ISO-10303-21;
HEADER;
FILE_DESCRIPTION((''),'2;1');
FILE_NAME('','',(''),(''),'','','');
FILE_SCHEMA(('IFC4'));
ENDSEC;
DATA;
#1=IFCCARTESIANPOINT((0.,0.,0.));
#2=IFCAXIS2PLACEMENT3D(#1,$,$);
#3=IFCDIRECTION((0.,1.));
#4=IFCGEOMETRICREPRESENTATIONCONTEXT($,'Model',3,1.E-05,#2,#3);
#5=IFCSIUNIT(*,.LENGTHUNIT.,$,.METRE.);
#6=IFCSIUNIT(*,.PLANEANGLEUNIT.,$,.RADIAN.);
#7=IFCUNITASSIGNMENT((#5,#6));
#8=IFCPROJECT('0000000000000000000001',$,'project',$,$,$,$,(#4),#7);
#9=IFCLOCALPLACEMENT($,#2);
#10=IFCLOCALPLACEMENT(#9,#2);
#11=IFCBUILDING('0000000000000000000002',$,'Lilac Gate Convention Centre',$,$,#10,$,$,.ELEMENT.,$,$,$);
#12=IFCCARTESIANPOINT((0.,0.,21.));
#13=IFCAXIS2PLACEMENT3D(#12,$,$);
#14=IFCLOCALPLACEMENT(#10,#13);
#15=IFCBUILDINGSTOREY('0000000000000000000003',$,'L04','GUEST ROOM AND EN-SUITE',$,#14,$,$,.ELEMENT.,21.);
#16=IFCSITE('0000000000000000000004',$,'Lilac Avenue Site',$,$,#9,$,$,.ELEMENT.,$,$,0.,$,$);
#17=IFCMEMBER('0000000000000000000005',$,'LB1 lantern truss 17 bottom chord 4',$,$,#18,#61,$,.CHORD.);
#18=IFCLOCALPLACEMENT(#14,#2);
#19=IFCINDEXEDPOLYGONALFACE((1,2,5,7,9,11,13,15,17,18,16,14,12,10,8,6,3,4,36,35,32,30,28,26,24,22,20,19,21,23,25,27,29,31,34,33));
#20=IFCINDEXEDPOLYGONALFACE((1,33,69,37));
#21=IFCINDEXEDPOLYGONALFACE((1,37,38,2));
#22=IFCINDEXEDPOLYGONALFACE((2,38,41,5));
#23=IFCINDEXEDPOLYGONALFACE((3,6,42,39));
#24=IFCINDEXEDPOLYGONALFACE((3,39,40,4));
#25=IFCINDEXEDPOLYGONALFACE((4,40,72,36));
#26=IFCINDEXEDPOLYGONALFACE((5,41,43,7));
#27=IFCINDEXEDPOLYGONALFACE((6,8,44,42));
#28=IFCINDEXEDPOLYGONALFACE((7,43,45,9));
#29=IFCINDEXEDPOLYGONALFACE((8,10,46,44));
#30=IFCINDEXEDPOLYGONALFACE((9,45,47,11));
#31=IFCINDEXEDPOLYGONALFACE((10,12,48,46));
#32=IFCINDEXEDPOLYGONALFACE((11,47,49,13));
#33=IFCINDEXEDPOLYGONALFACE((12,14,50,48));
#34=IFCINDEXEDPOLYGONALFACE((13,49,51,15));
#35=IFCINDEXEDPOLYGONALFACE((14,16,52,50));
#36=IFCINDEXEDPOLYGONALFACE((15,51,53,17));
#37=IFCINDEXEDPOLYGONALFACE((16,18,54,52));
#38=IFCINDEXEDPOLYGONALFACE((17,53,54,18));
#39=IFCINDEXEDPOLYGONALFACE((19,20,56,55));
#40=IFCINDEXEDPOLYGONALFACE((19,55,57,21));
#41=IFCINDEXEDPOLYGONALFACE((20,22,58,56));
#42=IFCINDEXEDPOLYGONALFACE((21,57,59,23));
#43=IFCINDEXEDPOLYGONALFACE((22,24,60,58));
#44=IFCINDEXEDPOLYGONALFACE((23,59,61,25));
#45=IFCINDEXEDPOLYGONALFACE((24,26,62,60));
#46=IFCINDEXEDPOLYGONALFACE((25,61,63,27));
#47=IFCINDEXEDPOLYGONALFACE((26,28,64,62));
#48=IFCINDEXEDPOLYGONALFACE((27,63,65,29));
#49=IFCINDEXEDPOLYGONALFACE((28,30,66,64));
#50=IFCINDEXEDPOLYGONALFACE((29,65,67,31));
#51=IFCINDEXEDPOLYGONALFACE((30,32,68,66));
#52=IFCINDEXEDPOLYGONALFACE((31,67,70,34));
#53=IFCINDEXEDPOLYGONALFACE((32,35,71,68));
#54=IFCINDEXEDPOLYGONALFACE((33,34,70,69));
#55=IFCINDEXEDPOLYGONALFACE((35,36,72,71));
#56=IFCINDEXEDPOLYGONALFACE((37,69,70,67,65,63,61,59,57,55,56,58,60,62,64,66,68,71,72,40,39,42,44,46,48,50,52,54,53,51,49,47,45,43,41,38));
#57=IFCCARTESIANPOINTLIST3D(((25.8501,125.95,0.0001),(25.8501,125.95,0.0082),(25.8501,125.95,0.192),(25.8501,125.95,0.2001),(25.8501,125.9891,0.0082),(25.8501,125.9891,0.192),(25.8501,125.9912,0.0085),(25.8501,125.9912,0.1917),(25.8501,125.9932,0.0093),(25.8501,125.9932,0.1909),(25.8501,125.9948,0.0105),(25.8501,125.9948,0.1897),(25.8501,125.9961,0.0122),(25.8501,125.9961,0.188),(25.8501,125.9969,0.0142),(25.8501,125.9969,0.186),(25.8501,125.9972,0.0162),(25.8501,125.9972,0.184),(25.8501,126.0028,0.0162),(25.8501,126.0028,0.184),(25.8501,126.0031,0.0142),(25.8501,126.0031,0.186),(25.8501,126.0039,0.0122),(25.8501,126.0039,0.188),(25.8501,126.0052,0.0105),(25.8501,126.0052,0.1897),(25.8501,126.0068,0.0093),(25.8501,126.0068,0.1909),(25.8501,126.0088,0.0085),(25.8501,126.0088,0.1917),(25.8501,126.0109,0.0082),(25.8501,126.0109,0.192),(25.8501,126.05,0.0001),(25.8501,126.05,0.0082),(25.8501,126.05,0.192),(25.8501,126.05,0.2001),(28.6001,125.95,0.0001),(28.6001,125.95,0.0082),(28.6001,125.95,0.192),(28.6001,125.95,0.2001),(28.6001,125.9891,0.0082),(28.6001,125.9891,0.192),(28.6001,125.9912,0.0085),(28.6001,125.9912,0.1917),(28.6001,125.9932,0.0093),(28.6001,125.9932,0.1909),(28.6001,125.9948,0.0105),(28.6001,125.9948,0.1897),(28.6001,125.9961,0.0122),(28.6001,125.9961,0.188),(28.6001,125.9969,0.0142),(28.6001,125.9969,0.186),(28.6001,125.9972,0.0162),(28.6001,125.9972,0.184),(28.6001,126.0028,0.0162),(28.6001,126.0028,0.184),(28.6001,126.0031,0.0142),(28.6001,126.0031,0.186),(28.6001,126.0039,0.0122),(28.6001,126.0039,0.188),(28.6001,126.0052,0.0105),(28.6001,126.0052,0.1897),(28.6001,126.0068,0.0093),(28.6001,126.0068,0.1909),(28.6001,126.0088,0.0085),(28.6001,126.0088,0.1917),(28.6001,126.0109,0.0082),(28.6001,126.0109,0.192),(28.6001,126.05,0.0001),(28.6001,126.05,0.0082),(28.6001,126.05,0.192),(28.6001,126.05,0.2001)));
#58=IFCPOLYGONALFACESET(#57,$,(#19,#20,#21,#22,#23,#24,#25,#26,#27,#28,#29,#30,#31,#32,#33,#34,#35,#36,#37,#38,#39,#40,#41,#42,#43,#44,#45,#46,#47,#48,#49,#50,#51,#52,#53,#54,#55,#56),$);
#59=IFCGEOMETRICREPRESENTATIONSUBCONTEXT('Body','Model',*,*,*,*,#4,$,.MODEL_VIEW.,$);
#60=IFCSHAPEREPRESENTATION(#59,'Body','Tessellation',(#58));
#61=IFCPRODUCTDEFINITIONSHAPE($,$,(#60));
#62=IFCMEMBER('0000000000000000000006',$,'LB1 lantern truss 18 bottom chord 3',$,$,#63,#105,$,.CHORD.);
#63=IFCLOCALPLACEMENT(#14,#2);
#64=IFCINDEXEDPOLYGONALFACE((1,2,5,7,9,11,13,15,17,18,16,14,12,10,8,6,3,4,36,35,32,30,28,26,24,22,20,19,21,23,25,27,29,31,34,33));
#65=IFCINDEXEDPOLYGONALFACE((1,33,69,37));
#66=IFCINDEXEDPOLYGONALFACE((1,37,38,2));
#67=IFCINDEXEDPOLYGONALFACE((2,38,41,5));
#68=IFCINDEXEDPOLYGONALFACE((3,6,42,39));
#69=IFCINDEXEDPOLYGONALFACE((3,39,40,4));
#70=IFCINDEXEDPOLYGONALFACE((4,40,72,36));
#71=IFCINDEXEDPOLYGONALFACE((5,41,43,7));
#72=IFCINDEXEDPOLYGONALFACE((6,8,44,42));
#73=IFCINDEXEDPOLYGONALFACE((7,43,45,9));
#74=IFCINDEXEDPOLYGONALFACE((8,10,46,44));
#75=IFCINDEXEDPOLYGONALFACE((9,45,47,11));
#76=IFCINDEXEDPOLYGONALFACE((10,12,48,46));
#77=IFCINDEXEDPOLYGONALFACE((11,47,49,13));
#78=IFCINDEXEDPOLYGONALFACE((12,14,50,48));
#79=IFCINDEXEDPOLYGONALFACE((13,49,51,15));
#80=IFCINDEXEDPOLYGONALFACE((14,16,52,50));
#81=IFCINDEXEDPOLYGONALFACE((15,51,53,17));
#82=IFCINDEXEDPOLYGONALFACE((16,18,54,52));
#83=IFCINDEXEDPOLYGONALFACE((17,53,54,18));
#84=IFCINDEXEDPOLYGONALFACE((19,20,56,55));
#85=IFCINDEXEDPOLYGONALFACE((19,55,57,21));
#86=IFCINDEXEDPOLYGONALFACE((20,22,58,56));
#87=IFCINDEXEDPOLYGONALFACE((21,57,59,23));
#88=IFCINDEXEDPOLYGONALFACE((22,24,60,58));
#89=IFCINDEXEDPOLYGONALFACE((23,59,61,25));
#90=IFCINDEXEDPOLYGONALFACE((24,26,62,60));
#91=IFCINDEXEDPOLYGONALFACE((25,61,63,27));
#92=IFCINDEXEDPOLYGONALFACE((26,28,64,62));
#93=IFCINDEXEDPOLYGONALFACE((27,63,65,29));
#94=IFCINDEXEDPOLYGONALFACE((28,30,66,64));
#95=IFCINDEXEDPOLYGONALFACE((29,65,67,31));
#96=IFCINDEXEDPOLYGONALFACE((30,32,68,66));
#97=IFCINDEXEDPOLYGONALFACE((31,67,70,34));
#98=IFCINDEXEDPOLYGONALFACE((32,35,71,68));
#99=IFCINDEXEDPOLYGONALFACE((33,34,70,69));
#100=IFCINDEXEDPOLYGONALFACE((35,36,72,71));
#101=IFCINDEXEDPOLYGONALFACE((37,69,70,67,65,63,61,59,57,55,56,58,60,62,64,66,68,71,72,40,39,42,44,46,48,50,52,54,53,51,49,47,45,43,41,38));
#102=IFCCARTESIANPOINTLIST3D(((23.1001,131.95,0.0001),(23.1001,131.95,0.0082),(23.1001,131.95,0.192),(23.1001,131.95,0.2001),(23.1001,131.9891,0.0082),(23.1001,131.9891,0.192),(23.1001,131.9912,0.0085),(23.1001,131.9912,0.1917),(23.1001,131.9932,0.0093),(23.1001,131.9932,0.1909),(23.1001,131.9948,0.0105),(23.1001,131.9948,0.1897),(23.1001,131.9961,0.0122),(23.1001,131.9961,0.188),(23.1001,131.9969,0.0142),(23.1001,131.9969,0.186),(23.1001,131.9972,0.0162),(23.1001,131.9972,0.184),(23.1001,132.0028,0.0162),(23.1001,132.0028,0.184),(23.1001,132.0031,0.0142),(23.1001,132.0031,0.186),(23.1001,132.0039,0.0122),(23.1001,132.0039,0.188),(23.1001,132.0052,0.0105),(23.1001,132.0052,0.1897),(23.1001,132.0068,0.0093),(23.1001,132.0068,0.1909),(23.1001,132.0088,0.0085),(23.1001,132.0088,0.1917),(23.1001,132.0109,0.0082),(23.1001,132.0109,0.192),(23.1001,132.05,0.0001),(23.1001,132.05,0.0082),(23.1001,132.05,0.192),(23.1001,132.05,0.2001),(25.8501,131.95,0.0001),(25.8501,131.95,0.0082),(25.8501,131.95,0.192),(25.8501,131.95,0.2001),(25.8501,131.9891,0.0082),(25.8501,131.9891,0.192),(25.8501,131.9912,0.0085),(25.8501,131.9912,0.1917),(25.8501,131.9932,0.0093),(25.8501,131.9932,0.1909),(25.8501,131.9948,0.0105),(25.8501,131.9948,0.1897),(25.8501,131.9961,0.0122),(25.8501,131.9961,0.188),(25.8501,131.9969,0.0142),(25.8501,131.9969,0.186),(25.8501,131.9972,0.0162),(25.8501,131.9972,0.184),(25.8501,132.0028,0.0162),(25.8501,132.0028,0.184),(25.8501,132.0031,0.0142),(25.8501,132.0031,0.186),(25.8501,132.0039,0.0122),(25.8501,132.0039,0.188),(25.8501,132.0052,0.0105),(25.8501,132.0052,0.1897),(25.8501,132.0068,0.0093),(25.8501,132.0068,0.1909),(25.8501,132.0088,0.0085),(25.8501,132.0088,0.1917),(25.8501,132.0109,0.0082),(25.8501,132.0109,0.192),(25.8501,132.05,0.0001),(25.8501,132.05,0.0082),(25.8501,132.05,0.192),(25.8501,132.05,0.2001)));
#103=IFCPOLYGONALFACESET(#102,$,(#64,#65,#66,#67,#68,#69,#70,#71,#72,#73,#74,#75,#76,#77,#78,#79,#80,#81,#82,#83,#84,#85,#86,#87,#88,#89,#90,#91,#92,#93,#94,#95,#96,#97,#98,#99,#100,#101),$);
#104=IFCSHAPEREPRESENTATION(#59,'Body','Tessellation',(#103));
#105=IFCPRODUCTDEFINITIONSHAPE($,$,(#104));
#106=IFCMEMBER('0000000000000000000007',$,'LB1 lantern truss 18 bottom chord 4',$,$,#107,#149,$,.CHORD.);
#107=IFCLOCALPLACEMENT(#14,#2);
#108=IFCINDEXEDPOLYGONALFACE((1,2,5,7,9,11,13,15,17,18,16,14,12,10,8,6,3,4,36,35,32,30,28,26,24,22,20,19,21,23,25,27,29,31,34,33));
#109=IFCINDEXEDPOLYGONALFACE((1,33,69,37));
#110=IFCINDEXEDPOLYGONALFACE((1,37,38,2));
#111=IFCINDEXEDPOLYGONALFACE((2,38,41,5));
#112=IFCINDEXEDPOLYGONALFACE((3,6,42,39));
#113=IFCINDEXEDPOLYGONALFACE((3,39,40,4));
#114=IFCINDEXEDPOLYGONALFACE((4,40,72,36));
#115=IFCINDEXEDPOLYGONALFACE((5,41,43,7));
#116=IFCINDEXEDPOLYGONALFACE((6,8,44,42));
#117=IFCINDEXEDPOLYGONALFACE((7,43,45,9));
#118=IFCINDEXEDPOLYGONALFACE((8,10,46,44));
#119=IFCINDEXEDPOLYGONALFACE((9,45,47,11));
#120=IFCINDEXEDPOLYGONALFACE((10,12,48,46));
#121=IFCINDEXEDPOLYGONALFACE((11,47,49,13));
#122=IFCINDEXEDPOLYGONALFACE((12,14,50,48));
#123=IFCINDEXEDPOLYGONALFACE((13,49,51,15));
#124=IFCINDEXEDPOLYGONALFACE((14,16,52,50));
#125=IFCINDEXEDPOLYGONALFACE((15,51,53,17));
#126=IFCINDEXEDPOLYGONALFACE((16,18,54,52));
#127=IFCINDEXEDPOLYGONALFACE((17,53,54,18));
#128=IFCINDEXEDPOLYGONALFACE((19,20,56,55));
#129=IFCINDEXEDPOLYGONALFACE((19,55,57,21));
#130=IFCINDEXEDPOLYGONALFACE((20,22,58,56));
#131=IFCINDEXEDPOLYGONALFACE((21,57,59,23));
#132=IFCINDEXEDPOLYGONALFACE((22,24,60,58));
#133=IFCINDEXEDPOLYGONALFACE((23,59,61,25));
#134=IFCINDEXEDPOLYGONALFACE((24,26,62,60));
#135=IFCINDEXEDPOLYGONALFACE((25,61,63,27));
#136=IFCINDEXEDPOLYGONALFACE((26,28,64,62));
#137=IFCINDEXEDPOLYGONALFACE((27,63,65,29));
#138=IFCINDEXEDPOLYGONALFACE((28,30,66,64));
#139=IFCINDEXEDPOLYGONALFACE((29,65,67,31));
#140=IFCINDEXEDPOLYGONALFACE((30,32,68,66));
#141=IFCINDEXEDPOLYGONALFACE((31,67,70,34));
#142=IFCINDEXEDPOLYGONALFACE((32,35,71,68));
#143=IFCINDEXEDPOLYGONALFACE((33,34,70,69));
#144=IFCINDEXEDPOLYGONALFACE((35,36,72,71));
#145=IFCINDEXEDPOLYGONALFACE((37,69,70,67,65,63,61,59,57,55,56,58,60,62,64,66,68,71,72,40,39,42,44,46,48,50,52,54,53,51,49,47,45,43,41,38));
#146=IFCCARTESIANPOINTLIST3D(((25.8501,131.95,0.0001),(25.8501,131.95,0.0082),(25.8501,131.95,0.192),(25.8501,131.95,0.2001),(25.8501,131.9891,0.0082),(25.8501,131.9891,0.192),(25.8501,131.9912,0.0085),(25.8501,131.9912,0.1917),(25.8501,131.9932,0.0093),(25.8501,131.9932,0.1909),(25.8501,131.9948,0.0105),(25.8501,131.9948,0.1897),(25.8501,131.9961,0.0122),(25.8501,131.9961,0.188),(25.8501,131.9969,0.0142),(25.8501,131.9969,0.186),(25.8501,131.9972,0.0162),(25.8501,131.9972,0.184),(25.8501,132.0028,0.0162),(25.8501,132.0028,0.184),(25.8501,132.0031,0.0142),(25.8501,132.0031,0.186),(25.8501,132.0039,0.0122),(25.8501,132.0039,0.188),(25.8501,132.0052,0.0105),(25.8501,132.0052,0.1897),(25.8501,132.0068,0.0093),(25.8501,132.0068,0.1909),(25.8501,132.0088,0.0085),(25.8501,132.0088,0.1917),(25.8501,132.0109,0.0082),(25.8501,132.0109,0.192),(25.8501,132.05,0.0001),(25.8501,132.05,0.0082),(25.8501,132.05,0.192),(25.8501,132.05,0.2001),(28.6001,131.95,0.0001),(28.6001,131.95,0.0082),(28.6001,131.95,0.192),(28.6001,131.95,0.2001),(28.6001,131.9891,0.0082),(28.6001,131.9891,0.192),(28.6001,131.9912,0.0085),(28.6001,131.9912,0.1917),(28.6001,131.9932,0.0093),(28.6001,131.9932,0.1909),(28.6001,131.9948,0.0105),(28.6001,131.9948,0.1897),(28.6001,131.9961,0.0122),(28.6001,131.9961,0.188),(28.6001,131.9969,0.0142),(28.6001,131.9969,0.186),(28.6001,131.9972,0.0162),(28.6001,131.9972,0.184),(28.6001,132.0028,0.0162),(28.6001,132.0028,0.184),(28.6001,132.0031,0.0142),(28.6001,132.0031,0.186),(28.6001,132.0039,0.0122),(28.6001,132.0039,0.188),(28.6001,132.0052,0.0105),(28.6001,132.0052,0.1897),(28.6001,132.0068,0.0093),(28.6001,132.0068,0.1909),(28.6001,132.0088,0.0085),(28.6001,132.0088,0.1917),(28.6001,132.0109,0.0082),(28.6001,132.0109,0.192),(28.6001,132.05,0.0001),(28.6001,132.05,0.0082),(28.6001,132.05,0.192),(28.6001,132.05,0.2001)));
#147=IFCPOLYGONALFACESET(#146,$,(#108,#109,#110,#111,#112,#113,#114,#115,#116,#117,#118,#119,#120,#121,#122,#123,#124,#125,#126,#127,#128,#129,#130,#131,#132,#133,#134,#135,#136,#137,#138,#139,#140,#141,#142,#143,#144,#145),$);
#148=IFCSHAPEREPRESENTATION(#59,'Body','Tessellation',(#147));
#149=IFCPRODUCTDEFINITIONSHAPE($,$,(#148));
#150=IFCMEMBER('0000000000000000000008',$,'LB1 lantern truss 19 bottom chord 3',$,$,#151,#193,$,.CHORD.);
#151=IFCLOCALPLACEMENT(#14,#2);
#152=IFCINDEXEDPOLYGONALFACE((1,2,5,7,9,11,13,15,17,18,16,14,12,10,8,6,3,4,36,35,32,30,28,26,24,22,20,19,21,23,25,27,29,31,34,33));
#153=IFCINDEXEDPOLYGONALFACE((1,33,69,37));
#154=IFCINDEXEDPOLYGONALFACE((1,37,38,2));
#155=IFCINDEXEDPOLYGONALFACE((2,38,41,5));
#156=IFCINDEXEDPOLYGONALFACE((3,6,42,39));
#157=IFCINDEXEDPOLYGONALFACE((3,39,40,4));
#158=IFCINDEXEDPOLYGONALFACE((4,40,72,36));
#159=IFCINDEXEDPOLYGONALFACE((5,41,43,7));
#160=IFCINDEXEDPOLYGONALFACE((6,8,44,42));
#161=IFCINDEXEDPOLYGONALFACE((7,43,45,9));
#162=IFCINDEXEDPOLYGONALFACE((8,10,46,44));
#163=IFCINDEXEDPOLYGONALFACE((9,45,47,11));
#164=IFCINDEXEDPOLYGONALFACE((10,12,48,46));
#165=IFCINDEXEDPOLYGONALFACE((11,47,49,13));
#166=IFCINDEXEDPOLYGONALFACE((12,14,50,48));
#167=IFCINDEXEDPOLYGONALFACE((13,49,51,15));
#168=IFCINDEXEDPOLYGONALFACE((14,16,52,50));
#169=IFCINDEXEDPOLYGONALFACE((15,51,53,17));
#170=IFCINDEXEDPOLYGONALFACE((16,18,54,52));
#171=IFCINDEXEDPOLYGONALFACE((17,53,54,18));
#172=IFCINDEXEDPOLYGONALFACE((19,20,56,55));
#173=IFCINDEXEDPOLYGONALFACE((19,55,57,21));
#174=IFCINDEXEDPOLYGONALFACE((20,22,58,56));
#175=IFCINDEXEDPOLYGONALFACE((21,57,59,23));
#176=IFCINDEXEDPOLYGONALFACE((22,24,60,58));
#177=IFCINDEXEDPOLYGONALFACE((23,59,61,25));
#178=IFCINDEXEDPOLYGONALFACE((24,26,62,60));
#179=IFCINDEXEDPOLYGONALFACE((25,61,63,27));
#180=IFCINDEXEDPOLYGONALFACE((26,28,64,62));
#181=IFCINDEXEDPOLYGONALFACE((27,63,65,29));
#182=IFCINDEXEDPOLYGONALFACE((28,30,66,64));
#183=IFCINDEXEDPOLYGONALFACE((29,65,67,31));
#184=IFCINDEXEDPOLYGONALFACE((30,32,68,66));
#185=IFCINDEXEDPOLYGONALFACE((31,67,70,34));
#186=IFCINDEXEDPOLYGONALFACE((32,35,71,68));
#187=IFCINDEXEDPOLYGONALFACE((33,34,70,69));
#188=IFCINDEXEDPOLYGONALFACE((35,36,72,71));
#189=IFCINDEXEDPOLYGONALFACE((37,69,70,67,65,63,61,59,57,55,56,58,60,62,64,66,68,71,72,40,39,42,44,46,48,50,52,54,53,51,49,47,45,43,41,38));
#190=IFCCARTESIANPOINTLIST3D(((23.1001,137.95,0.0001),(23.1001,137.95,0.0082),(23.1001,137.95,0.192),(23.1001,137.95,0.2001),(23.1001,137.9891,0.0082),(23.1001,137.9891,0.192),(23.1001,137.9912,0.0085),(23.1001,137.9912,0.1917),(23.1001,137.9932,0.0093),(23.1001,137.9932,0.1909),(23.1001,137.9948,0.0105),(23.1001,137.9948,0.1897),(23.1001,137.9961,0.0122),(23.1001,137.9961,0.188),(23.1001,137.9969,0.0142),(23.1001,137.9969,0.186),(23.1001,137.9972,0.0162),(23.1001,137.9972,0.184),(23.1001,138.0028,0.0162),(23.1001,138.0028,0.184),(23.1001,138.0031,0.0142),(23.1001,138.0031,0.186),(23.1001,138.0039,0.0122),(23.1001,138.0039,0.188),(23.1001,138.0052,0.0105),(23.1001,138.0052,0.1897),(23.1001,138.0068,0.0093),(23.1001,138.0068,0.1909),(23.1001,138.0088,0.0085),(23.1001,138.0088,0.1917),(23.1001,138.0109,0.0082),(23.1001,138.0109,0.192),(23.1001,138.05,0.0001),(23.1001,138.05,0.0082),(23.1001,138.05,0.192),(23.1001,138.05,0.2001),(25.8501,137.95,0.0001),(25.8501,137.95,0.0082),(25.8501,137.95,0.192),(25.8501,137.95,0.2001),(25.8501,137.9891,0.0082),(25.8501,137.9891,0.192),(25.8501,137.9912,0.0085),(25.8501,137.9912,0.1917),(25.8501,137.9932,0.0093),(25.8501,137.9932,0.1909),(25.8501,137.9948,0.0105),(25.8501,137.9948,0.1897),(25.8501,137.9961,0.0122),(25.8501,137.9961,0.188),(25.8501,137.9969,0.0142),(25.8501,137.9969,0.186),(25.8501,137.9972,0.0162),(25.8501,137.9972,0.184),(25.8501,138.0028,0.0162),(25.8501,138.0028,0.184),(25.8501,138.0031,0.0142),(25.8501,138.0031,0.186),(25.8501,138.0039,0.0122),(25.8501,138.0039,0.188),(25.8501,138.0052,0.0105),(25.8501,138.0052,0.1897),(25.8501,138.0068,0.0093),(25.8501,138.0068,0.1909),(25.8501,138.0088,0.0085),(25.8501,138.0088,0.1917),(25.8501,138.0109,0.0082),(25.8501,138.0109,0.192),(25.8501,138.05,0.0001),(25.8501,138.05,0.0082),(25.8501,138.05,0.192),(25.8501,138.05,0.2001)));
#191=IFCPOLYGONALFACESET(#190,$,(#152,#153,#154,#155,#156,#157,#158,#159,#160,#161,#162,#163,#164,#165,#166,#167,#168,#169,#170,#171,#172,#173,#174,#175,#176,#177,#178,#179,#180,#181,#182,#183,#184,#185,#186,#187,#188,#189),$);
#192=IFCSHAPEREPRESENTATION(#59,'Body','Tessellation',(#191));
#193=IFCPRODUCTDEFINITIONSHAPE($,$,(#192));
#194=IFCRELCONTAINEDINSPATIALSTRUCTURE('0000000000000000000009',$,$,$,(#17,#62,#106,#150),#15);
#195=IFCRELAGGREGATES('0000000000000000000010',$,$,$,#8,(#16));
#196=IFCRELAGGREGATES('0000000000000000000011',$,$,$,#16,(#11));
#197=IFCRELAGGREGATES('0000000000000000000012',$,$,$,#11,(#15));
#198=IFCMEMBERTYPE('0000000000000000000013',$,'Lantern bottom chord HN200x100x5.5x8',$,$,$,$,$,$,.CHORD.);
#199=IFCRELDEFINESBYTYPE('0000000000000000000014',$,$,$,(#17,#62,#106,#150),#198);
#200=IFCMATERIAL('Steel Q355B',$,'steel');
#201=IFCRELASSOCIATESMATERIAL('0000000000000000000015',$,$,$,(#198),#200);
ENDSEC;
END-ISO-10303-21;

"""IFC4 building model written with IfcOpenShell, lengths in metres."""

from ifc_helpers import new_model, si_unit, direction, frame, origin, origin_2d, place, context, subcontext, project, spatial, i_section, extrude, material, material_profile, profile_set, type_object, element, save


model = new_model("IFC4")

# Units and contexts
model_context = context("Model", 3, precision=1e-05, world=origin(), true_north=direction((0.0, 1.0)))
body_context = subcontext(model_context, "Body", "Model", "MODEL_VIEW")
ifc_project = project(units=[si_unit("LENGTHUNIT", "METRE"), si_unit("PLANEANGLEUNIT", "RADIAN")], contexts=[model_context])

# Site, building, storey
site_placement = place(None, origin())
site = spatial("IfcSite", under=ifc_project, at=site_placement, Name="Lilac Avenue Site", CompositionType="ELEMENT", RefElevation=0.0)
building_placement = place(site_placement, origin())
building = spatial("IfcBuilding", under=site, at=building_placement, Name="Lilac Gate Convention Centre", CompositionType="ELEMENT")
storey_placement = place(building_placement, frame((0.0, 0.0, 21.0)))
storey = spatial("IfcBuildingStorey", under=building, at=storey_placement, Name="L04", Description="GUEST ROOM AND EN-SUITE", CompositionType="ELEMENT", Elevation=21.0)

# Members
ifc_material_1 = material(Name="Steel Q355B", Category="steel")
ifc_material_profile_1 = material_profile(ifc_material_1, i_section(OverallWidth=0.1001, OverallDepth=0.2, WebThickness=0.0056, FlangeThickness=0.0081, FilletRadius=0.0081, at=origin_2d()), Name="HN200x100x5.5x8")
ifc_profile_set_1 = profile_set([ifc_material_profile_1], Name="Steel Q355B")
member_type_1 = type_object("IfcMemberType", Name="Lantern bottom chord HN200x100x5.5x8", PredefinedType="CHORD", material=ifc_profile_set_1)
for number, where, z_axis, x_axis, name in (
    (1, (25.8501, 126.0, 0.1001), (1.0, 0.0, 0.0), (0.0, 1.0, 0.0), "LB1 lantern truss 17 bottom chord 4"),
    (2, (23.1001, 132.0, 0.1001), (1.0, 0.0, 0.0), (0.0, 1.0, 0.0), "LB1 lantern truss 18 bottom chord 3"),
    (3, (25.8501, 132.0, 0.1001), (1.0, 0.0, 0.0), (0.0, 1.0, 0.0), "LB1 lantern truss 18 bottom chord 4"),
    (4, (23.1001, 138.0, 0.1001), (1.0, 0.0, 0.0), (0.0, 1.0, 0.0), "LB1 lantern truss 19 bottom chord 3"),
):
    element("IfcMember", number, at=place(storey_placement, frame(where, z_axis=z_axis, x_axis=x_axis)), inside=storey, type_object=member_type_1, Name=name, PredefinedType="CHORD", context=body_context, shape_type="SweptSolid", body=[
        extrude(i_section(OverallWidth=0.1001, OverallDepth=0.2, WebThickness=0.0056, FlangeThickness=0.0081, FilletRadius=0.0081, at=origin_2d()), origin(), (0.0, 0.0, 1.0), 2.75),
    ])

save(model, "model.ifc")
